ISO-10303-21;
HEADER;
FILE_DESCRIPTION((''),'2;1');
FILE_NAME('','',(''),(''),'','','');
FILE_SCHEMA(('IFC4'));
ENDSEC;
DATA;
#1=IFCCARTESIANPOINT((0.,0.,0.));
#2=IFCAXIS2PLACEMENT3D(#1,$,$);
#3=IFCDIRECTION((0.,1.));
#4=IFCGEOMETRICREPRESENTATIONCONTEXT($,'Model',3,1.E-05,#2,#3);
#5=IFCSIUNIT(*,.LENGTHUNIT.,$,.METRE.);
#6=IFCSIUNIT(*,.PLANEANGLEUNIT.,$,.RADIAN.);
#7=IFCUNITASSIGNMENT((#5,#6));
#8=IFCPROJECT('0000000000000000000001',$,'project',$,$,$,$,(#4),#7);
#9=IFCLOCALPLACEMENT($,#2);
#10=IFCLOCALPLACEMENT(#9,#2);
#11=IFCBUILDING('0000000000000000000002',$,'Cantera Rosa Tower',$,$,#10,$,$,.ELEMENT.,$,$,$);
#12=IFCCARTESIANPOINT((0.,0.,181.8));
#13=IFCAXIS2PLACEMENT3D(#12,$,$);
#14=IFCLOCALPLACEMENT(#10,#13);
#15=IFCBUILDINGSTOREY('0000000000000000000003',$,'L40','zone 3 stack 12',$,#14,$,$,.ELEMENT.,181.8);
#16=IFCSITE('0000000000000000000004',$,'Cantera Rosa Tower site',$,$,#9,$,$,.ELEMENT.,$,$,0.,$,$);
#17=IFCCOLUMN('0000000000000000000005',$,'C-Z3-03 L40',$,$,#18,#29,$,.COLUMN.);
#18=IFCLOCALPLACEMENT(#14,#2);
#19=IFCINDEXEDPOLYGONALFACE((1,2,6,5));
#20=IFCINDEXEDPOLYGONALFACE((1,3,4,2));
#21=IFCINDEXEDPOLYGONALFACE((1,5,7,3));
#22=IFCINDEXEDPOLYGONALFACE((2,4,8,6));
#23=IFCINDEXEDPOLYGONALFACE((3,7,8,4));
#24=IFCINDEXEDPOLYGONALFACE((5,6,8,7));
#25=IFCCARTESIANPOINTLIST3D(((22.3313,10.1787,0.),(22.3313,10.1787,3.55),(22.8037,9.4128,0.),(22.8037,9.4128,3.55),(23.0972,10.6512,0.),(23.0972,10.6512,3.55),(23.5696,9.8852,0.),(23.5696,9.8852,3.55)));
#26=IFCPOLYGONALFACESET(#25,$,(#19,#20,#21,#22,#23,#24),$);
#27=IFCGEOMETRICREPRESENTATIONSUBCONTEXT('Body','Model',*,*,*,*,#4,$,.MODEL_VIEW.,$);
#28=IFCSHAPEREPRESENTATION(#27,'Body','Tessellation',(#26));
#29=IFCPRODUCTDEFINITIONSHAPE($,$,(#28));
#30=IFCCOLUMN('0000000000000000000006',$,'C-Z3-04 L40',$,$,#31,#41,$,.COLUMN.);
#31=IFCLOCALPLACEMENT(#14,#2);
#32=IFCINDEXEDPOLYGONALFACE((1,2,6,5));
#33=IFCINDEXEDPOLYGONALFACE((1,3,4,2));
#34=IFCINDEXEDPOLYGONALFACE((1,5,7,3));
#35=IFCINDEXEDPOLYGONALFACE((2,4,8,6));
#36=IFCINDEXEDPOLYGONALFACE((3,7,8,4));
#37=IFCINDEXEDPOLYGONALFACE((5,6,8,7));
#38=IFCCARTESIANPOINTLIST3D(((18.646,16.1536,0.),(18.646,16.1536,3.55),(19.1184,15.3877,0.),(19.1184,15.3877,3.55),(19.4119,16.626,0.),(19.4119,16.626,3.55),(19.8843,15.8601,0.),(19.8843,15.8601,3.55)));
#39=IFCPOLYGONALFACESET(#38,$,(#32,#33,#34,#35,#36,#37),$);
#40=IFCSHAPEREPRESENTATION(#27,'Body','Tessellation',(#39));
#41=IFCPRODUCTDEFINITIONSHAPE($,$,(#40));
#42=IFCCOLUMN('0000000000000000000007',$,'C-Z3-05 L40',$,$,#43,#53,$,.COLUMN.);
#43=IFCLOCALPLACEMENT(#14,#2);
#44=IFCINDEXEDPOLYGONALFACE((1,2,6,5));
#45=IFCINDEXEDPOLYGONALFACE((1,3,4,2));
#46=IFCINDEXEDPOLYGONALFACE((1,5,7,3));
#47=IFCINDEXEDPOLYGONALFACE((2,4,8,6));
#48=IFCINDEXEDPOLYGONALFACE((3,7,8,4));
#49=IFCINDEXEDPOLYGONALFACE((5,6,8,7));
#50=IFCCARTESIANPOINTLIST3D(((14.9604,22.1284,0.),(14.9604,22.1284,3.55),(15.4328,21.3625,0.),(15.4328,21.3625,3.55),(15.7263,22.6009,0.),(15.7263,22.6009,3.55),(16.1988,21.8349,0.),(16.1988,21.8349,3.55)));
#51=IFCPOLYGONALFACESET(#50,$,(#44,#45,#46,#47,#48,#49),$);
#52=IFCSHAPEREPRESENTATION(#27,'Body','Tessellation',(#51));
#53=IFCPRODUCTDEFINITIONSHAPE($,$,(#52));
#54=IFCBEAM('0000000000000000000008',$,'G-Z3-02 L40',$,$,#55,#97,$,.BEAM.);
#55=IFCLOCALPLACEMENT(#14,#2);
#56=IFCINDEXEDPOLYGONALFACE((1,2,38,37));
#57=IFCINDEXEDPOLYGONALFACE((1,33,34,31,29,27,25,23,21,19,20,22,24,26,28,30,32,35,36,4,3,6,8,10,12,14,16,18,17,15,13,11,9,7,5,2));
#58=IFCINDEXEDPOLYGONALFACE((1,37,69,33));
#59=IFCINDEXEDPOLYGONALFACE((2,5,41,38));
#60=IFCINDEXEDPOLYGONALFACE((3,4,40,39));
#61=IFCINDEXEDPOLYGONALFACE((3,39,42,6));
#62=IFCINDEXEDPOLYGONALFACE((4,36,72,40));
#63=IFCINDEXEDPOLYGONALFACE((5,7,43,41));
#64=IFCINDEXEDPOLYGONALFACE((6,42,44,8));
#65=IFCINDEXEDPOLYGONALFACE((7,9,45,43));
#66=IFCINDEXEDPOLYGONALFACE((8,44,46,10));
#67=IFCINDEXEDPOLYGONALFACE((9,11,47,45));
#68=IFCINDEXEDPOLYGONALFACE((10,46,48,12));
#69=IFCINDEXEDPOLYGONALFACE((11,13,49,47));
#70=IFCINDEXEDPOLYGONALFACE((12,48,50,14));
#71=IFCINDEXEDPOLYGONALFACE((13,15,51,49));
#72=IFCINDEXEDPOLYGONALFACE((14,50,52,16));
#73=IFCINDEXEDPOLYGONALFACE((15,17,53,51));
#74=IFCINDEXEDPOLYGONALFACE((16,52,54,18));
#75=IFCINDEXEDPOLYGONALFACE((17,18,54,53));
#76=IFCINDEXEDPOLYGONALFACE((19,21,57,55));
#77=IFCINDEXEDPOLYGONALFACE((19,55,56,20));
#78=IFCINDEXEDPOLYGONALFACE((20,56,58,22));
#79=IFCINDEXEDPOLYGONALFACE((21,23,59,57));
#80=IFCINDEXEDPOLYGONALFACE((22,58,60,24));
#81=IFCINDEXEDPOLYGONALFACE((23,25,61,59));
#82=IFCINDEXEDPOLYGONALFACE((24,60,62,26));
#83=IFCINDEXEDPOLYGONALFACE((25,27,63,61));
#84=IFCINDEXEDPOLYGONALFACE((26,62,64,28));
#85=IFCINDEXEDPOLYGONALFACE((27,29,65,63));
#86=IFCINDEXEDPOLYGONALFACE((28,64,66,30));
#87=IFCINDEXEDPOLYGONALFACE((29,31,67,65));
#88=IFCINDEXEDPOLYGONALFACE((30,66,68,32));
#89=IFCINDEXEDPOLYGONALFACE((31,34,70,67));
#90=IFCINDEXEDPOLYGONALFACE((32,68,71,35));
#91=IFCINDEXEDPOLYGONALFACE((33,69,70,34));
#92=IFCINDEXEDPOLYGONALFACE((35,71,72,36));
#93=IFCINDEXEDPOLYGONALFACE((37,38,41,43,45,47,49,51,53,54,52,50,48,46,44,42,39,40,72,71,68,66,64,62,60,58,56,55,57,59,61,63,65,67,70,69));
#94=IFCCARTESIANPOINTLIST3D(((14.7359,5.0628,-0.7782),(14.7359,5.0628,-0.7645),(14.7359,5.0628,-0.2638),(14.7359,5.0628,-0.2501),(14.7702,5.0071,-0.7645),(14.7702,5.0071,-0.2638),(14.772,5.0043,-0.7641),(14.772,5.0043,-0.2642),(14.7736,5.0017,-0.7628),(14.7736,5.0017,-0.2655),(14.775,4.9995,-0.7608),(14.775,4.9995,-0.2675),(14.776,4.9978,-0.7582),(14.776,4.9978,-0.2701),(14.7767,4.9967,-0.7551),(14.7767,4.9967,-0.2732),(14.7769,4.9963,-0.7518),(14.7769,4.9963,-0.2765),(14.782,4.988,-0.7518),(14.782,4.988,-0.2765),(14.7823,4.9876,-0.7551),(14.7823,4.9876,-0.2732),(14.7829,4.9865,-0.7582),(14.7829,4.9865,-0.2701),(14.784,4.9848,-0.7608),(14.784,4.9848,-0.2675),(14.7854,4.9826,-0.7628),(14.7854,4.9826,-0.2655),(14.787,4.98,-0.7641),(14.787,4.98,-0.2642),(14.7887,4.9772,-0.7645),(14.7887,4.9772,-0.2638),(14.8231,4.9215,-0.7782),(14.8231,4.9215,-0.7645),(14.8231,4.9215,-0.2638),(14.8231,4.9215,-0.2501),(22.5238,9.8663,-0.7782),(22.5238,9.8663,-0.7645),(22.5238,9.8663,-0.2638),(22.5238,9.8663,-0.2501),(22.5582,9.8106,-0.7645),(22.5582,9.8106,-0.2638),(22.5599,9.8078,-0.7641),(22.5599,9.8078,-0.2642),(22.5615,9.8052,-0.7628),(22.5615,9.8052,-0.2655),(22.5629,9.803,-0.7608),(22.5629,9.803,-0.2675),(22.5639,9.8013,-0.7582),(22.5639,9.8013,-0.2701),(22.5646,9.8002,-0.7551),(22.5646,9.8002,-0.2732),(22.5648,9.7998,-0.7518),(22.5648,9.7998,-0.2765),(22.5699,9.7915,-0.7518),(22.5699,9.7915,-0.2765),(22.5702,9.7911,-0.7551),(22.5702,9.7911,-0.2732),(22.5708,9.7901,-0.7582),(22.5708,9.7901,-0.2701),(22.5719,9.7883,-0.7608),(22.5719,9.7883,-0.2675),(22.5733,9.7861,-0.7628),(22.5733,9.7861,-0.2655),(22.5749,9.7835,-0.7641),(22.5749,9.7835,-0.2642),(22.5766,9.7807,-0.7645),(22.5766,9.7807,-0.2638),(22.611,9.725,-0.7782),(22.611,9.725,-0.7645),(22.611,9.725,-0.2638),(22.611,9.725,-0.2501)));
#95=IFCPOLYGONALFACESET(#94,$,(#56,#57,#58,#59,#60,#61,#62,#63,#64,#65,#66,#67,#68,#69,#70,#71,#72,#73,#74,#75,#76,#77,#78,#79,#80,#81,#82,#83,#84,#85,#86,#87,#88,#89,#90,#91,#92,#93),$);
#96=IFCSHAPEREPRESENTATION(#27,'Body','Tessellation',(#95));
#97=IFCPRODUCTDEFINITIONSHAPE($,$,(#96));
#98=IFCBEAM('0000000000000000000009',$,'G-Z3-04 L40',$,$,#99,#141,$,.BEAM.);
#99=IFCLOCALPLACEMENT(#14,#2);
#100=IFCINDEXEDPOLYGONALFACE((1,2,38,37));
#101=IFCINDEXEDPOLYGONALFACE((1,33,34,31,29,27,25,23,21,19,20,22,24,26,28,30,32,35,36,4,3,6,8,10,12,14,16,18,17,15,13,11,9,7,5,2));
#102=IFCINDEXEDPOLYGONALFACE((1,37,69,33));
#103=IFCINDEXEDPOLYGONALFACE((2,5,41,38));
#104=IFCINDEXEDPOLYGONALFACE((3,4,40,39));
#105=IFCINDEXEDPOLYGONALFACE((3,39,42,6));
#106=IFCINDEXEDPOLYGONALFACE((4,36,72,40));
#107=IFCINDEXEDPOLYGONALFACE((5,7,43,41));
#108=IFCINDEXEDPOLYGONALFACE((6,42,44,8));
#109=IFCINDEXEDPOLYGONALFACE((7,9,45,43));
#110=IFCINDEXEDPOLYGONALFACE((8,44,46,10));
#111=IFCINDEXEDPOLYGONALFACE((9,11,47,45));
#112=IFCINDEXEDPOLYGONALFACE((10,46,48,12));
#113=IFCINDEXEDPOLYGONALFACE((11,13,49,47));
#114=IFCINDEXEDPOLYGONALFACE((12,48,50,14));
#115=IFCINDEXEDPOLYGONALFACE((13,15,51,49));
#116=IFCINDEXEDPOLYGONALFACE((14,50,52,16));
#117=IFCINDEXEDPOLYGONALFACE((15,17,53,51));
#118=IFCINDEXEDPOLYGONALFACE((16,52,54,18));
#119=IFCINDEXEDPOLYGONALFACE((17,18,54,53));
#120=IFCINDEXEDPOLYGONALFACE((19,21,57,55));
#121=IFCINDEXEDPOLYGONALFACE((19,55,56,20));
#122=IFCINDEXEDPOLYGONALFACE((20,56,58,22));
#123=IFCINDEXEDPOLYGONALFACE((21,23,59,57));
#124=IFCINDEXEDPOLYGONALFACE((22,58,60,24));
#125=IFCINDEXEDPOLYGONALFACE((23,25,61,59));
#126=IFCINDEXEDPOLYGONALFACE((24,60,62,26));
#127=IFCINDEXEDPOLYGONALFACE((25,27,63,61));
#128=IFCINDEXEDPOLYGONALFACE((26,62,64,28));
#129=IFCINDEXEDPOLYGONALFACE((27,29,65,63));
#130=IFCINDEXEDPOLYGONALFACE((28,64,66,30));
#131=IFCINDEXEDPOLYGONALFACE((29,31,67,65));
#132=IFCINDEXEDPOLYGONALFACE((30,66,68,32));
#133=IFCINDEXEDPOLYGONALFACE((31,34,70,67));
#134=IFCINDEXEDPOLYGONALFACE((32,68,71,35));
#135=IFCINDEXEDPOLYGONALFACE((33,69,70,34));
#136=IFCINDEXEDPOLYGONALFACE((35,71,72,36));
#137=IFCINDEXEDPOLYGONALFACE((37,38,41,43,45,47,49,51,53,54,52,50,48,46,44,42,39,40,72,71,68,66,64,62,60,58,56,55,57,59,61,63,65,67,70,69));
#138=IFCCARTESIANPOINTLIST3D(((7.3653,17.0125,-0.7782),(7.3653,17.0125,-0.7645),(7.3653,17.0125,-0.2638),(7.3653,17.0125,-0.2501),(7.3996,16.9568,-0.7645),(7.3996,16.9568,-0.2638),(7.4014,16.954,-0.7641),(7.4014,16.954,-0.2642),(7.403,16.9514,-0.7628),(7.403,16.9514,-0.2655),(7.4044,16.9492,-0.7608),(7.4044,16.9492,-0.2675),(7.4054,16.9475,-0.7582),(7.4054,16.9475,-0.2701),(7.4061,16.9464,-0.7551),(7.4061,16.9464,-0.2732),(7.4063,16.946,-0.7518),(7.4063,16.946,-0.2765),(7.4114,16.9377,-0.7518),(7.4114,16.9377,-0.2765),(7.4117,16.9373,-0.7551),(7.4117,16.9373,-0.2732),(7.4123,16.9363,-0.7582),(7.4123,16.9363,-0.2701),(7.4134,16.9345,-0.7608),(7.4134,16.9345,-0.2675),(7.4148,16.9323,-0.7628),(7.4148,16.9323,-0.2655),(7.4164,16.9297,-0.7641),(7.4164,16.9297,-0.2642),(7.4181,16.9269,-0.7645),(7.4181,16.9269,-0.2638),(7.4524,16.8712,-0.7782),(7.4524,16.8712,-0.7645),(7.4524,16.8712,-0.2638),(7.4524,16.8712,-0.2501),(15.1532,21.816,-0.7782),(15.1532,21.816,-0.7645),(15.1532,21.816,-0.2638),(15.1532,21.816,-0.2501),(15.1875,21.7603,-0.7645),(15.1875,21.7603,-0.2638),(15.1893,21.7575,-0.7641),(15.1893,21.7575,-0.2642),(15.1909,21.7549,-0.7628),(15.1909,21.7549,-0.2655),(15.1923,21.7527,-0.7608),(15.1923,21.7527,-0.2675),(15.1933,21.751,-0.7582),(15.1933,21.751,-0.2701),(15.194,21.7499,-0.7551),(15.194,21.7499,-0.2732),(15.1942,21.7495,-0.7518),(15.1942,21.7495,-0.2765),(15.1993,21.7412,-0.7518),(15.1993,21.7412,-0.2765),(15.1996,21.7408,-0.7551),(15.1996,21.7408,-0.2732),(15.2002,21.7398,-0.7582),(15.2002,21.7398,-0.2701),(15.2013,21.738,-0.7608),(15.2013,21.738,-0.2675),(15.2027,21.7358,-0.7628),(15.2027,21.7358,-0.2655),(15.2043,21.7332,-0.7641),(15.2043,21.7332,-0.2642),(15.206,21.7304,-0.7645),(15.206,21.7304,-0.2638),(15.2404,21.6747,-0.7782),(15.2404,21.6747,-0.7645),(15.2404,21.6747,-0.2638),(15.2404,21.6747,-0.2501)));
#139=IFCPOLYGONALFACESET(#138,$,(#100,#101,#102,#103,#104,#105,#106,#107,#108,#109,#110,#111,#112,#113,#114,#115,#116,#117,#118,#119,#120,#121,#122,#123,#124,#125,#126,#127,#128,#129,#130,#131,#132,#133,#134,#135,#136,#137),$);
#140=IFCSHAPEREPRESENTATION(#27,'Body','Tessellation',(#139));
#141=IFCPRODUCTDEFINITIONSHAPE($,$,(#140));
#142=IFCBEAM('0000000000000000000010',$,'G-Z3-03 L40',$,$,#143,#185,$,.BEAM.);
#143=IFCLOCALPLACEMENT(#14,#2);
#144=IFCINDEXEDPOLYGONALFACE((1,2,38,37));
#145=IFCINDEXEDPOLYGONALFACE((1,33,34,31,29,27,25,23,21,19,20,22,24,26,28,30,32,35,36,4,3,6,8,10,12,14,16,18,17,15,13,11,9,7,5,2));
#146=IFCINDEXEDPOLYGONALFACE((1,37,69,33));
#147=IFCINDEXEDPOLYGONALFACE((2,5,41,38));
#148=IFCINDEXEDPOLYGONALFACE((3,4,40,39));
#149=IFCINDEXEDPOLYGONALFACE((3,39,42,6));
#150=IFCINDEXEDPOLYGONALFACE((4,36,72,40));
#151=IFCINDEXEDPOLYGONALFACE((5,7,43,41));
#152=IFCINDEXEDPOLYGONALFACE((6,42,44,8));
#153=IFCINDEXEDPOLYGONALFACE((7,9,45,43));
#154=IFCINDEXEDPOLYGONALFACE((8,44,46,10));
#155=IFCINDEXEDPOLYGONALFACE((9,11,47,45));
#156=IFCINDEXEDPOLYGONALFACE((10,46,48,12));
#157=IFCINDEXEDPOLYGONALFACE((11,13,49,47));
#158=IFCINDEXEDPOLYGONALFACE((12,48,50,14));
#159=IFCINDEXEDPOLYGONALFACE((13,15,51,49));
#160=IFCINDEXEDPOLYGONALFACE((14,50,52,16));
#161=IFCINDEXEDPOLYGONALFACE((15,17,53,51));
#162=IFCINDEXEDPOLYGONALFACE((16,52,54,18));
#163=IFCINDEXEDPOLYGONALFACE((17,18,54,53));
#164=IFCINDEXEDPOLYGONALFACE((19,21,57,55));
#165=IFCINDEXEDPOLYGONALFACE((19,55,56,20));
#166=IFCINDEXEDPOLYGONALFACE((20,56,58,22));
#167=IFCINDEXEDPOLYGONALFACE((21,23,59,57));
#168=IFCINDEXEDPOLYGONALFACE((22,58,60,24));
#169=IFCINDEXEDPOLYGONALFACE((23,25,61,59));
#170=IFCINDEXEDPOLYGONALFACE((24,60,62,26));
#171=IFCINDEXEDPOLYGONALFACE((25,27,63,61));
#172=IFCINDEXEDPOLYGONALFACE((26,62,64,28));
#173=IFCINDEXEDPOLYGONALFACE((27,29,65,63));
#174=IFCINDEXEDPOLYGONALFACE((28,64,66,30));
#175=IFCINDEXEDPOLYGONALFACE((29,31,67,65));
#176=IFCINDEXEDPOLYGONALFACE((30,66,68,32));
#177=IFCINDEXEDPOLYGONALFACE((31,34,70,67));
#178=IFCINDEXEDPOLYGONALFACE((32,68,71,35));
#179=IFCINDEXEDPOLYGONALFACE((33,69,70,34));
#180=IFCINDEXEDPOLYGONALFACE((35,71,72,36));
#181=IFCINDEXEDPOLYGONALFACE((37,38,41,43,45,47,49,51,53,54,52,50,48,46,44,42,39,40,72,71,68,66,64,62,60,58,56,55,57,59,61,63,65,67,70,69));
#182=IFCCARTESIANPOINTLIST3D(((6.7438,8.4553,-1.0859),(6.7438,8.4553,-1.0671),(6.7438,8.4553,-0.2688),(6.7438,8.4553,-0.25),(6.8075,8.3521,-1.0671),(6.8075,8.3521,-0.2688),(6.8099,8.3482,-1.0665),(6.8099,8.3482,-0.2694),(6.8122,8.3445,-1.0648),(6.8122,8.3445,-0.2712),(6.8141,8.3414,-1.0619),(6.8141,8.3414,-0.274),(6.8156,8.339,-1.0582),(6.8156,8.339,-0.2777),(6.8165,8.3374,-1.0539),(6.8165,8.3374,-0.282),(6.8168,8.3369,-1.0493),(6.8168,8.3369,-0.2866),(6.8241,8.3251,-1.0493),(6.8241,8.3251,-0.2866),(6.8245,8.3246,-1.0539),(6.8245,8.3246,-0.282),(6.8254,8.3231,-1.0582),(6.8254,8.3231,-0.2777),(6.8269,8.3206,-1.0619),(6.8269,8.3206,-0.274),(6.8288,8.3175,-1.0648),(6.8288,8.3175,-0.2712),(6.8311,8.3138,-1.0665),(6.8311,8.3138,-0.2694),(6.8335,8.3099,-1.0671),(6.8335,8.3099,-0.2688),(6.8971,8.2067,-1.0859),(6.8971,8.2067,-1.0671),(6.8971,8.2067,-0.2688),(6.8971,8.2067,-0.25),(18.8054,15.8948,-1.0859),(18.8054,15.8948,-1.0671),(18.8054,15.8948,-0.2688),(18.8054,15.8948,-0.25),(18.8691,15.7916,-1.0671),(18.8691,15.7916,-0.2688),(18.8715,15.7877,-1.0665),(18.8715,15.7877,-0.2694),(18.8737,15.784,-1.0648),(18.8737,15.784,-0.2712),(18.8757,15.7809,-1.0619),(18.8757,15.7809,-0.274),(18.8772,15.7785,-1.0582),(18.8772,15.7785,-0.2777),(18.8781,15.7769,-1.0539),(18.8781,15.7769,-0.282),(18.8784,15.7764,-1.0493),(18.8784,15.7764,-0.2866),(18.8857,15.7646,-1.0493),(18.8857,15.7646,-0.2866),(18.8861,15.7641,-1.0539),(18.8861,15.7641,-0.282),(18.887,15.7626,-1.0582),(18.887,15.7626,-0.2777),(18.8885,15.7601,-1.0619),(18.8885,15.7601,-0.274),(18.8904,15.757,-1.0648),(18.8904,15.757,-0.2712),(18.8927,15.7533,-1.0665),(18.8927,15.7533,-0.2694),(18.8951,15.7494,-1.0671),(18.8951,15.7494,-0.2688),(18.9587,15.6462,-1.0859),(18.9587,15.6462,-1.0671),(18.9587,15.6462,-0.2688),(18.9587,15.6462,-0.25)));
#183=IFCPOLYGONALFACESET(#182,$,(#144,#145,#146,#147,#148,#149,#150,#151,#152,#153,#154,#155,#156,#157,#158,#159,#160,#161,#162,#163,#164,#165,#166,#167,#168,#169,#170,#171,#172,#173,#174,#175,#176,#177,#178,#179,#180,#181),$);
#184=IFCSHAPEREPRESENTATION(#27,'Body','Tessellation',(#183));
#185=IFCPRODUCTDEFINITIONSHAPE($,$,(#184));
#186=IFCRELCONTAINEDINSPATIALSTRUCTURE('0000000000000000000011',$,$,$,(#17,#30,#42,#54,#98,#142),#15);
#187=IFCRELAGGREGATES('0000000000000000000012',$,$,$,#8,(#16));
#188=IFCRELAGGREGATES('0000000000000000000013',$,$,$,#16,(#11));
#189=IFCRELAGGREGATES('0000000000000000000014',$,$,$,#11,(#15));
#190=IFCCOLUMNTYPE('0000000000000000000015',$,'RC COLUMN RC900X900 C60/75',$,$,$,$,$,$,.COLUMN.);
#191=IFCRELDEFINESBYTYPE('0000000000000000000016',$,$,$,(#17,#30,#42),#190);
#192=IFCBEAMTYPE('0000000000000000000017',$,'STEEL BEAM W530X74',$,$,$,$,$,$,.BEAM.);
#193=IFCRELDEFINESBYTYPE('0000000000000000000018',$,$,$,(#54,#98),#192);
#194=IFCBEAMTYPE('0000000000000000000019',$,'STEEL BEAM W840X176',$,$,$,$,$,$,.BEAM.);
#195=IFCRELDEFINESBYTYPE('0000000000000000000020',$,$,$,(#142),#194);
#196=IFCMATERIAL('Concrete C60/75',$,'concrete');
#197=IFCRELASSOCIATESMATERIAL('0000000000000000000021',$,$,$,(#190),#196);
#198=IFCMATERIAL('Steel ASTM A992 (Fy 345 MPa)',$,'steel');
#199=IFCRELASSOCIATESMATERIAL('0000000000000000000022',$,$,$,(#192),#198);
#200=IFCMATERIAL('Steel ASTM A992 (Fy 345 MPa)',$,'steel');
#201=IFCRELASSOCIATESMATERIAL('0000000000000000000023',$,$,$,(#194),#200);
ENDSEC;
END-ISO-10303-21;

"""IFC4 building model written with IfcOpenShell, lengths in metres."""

from ifc_helpers import new_model, si_unit, direction, frame, origin, origin_2d, place, context, subcontext, project, spatial, rectangle, i_section, extrude, material, material_profile, profile_set, type_object, element, save


model = new_model("IFC4")

# Units and contexts
model_context = context("Model", 3, precision=1e-05, world=origin(), true_north=direction((0.0, 1.0)))
body_context = subcontext(model_context, "Body", "Model", "MODEL_VIEW")
ifc_project = project(units=[si_unit("LENGTHUNIT", "METRE"), si_unit("PLANEANGLEUNIT", "RADIAN")], contexts=[model_context])

# Site, building, storey
site_placement = place(None, origin())
site = spatial("IfcSite", under=ifc_project, at=site_placement, Name="Cantera Rosa Tower site", CompositionType="ELEMENT", RefElevation=0.0)
building_placement = place(site_placement, origin())
building = spatial("IfcBuilding", under=site, at=building_placement, Name="Cantera Rosa Tower", CompositionType="ELEMENT")
storey_placement = place(building_placement, frame((0.0, 0.0, 181.8)))
storey = spatial("IfcBuildingStorey", under=building, at=storey_placement, Name="L40", Description="zone 3 stack 12", CompositionType="ELEMENT", Elevation=181.8)

# Columns
ifc_material_1 = material(Name="Concrete C60/75", Category="concrete")
ifc_material_profile_1 = material_profile(ifc_material_1, rectangle(XDim=0.8999, YDim=0.8999, at=origin_2d()), Name="RC COLUMN RC900X900 C60/75")
ifc_profile_set_1 = profile_set([ifc_material_profile_1], Name="Concrete C60/75")
column_type = type_object("IfcColumnType", Name="RC COLUMN RC900X900 C60/75", PredefinedType="COLUMN", material=ifc_profile_set_1)
for number, where, z_axis, x_axis, name in (
    (1, (22.9504, 10.032, 0.0), (0.0, 0.0, 1.0), (0.851117, 0.524977, 0.0), "C-Z3-03 L40"),
    (2, (19.2651, 16.0068, 0.0), (0.0, 0.0, 1.0), (0.851117, 0.524977, 0.0), "C-Z3-04 L40"),
    (3, (15.5796, 21.9817, 0.0), (0.0, 0.0, 1.0), (0.851117, 0.524977, 0.0), "C-Z3-05 L40"),
):
    element("IfcColumn", number, at=place(storey_placement, frame(where, z_axis=z_axis, x_axis=x_axis)), inside=storey, type_object=column_type, Name=name, PredefinedType="COLUMN", context=body_context, shape_type="SweptSolid", body=[
        extrude(rectangle(XDim=0.8999, YDim=0.8999, at=origin_2d()), origin(), (0.0, 0.0, 1.0), 3.55),
    ])

# Beams
ifc_material_2 = material(Name="Steel ASTM A992 (Fy 345 MPa)", Category="steel")
ifc_material_profile_2 = material_profile(ifc_material_2, i_section(OverallWidth=0.166, OverallDepth=0.5281, WebThickness=0.0098, FlangeThickness=0.0137, FilletRadius=0.0127, at=origin_2d()), Name="W530X74")
ifc_profile_set_2 = profile_set([ifc_material_profile_2], Name="Steel ASTM A992 (Fy 345 MPa)")
beam_type_1 = type_object("IfcBeamType", Name="STEEL BEAM W530X74", PredefinedType="BEAM", material=ifc_profile_set_2)
for number, where, z_axis, x_axis, name in (
    (4, (22.5674, 9.7957, -0.5142), (-0.851124, -0.524965, 0.0), (0.524965, -0.851124, 0.0), "G-Z3-02 L40"),
    (5, (15.1968, 21.7454, -0.5142), (-0.851124, -0.524965, 0.0), (0.524965, -0.851124, 0.0), "G-Z3-04 L40"),
):
    element("IfcBeam", number, at=place(storey_placement, frame(where, z_axis=z_axis, x_axis=x_axis)), inside=storey, type_object=beam_type_1, Name=name, PredefinedType="BEAM", context=body_context, shape_type="SweptSolid", body=[
        extrude(i_section(OverallWidth=0.166, OverallDepth=0.5281, WebThickness=0.0098, FlangeThickness=0.0137, FilletRadius=0.0127, at=origin_2d()), origin(), (0.0, 0.0, 1.0), 9.1501),
    ])
ifc_material_3 = material(Name="Steel ASTM A992 (Fy 345 MPa)", Category="steel")
ifc_material_profile_3 = material_profile(ifc_material_3, i_section(OverallWidth=0.292, OverallDepth=0.8359, WebThickness=0.0139, FlangeThickness=0.0188, FilletRadius=0.0178, at=origin_2d()), Name="W840X176")
ifc_profile_set_3 = profile_set([ifc_material_profile_3], Name="Steel ASTM A992 (Fy 345 MPa)")
beam_type_2 = type_object("IfcBeamType", Name="STEEL BEAM W840X176", PredefinedType="BEAM", material=ifc_profile_set_3)
beam_1_placement = place(storey_placement, frame((18.8821, 15.7705, -0.668), z_axis=(-0.851123, -0.524966, 0.0), x_axis=(0.524966, -0.851123, 0.0)))
element("IfcBeam", 6, at=beam_1_placement, inside=storey, type_object=beam_type_2, Name="G-Z3-03 L40", PredefinedType="BEAM", context=body_context, shape_type="SweptSolid", body=[
    extrude(i_section(OverallWidth=0.292, OverallDepth=0.8359, WebThickness=0.0139, FlangeThickness=0.0188, FilletRadius=0.0178, at=origin_2d()), origin(), (0.0, 0.0, 1.0), 14.1714),
])

save(model, "model.ifc")
